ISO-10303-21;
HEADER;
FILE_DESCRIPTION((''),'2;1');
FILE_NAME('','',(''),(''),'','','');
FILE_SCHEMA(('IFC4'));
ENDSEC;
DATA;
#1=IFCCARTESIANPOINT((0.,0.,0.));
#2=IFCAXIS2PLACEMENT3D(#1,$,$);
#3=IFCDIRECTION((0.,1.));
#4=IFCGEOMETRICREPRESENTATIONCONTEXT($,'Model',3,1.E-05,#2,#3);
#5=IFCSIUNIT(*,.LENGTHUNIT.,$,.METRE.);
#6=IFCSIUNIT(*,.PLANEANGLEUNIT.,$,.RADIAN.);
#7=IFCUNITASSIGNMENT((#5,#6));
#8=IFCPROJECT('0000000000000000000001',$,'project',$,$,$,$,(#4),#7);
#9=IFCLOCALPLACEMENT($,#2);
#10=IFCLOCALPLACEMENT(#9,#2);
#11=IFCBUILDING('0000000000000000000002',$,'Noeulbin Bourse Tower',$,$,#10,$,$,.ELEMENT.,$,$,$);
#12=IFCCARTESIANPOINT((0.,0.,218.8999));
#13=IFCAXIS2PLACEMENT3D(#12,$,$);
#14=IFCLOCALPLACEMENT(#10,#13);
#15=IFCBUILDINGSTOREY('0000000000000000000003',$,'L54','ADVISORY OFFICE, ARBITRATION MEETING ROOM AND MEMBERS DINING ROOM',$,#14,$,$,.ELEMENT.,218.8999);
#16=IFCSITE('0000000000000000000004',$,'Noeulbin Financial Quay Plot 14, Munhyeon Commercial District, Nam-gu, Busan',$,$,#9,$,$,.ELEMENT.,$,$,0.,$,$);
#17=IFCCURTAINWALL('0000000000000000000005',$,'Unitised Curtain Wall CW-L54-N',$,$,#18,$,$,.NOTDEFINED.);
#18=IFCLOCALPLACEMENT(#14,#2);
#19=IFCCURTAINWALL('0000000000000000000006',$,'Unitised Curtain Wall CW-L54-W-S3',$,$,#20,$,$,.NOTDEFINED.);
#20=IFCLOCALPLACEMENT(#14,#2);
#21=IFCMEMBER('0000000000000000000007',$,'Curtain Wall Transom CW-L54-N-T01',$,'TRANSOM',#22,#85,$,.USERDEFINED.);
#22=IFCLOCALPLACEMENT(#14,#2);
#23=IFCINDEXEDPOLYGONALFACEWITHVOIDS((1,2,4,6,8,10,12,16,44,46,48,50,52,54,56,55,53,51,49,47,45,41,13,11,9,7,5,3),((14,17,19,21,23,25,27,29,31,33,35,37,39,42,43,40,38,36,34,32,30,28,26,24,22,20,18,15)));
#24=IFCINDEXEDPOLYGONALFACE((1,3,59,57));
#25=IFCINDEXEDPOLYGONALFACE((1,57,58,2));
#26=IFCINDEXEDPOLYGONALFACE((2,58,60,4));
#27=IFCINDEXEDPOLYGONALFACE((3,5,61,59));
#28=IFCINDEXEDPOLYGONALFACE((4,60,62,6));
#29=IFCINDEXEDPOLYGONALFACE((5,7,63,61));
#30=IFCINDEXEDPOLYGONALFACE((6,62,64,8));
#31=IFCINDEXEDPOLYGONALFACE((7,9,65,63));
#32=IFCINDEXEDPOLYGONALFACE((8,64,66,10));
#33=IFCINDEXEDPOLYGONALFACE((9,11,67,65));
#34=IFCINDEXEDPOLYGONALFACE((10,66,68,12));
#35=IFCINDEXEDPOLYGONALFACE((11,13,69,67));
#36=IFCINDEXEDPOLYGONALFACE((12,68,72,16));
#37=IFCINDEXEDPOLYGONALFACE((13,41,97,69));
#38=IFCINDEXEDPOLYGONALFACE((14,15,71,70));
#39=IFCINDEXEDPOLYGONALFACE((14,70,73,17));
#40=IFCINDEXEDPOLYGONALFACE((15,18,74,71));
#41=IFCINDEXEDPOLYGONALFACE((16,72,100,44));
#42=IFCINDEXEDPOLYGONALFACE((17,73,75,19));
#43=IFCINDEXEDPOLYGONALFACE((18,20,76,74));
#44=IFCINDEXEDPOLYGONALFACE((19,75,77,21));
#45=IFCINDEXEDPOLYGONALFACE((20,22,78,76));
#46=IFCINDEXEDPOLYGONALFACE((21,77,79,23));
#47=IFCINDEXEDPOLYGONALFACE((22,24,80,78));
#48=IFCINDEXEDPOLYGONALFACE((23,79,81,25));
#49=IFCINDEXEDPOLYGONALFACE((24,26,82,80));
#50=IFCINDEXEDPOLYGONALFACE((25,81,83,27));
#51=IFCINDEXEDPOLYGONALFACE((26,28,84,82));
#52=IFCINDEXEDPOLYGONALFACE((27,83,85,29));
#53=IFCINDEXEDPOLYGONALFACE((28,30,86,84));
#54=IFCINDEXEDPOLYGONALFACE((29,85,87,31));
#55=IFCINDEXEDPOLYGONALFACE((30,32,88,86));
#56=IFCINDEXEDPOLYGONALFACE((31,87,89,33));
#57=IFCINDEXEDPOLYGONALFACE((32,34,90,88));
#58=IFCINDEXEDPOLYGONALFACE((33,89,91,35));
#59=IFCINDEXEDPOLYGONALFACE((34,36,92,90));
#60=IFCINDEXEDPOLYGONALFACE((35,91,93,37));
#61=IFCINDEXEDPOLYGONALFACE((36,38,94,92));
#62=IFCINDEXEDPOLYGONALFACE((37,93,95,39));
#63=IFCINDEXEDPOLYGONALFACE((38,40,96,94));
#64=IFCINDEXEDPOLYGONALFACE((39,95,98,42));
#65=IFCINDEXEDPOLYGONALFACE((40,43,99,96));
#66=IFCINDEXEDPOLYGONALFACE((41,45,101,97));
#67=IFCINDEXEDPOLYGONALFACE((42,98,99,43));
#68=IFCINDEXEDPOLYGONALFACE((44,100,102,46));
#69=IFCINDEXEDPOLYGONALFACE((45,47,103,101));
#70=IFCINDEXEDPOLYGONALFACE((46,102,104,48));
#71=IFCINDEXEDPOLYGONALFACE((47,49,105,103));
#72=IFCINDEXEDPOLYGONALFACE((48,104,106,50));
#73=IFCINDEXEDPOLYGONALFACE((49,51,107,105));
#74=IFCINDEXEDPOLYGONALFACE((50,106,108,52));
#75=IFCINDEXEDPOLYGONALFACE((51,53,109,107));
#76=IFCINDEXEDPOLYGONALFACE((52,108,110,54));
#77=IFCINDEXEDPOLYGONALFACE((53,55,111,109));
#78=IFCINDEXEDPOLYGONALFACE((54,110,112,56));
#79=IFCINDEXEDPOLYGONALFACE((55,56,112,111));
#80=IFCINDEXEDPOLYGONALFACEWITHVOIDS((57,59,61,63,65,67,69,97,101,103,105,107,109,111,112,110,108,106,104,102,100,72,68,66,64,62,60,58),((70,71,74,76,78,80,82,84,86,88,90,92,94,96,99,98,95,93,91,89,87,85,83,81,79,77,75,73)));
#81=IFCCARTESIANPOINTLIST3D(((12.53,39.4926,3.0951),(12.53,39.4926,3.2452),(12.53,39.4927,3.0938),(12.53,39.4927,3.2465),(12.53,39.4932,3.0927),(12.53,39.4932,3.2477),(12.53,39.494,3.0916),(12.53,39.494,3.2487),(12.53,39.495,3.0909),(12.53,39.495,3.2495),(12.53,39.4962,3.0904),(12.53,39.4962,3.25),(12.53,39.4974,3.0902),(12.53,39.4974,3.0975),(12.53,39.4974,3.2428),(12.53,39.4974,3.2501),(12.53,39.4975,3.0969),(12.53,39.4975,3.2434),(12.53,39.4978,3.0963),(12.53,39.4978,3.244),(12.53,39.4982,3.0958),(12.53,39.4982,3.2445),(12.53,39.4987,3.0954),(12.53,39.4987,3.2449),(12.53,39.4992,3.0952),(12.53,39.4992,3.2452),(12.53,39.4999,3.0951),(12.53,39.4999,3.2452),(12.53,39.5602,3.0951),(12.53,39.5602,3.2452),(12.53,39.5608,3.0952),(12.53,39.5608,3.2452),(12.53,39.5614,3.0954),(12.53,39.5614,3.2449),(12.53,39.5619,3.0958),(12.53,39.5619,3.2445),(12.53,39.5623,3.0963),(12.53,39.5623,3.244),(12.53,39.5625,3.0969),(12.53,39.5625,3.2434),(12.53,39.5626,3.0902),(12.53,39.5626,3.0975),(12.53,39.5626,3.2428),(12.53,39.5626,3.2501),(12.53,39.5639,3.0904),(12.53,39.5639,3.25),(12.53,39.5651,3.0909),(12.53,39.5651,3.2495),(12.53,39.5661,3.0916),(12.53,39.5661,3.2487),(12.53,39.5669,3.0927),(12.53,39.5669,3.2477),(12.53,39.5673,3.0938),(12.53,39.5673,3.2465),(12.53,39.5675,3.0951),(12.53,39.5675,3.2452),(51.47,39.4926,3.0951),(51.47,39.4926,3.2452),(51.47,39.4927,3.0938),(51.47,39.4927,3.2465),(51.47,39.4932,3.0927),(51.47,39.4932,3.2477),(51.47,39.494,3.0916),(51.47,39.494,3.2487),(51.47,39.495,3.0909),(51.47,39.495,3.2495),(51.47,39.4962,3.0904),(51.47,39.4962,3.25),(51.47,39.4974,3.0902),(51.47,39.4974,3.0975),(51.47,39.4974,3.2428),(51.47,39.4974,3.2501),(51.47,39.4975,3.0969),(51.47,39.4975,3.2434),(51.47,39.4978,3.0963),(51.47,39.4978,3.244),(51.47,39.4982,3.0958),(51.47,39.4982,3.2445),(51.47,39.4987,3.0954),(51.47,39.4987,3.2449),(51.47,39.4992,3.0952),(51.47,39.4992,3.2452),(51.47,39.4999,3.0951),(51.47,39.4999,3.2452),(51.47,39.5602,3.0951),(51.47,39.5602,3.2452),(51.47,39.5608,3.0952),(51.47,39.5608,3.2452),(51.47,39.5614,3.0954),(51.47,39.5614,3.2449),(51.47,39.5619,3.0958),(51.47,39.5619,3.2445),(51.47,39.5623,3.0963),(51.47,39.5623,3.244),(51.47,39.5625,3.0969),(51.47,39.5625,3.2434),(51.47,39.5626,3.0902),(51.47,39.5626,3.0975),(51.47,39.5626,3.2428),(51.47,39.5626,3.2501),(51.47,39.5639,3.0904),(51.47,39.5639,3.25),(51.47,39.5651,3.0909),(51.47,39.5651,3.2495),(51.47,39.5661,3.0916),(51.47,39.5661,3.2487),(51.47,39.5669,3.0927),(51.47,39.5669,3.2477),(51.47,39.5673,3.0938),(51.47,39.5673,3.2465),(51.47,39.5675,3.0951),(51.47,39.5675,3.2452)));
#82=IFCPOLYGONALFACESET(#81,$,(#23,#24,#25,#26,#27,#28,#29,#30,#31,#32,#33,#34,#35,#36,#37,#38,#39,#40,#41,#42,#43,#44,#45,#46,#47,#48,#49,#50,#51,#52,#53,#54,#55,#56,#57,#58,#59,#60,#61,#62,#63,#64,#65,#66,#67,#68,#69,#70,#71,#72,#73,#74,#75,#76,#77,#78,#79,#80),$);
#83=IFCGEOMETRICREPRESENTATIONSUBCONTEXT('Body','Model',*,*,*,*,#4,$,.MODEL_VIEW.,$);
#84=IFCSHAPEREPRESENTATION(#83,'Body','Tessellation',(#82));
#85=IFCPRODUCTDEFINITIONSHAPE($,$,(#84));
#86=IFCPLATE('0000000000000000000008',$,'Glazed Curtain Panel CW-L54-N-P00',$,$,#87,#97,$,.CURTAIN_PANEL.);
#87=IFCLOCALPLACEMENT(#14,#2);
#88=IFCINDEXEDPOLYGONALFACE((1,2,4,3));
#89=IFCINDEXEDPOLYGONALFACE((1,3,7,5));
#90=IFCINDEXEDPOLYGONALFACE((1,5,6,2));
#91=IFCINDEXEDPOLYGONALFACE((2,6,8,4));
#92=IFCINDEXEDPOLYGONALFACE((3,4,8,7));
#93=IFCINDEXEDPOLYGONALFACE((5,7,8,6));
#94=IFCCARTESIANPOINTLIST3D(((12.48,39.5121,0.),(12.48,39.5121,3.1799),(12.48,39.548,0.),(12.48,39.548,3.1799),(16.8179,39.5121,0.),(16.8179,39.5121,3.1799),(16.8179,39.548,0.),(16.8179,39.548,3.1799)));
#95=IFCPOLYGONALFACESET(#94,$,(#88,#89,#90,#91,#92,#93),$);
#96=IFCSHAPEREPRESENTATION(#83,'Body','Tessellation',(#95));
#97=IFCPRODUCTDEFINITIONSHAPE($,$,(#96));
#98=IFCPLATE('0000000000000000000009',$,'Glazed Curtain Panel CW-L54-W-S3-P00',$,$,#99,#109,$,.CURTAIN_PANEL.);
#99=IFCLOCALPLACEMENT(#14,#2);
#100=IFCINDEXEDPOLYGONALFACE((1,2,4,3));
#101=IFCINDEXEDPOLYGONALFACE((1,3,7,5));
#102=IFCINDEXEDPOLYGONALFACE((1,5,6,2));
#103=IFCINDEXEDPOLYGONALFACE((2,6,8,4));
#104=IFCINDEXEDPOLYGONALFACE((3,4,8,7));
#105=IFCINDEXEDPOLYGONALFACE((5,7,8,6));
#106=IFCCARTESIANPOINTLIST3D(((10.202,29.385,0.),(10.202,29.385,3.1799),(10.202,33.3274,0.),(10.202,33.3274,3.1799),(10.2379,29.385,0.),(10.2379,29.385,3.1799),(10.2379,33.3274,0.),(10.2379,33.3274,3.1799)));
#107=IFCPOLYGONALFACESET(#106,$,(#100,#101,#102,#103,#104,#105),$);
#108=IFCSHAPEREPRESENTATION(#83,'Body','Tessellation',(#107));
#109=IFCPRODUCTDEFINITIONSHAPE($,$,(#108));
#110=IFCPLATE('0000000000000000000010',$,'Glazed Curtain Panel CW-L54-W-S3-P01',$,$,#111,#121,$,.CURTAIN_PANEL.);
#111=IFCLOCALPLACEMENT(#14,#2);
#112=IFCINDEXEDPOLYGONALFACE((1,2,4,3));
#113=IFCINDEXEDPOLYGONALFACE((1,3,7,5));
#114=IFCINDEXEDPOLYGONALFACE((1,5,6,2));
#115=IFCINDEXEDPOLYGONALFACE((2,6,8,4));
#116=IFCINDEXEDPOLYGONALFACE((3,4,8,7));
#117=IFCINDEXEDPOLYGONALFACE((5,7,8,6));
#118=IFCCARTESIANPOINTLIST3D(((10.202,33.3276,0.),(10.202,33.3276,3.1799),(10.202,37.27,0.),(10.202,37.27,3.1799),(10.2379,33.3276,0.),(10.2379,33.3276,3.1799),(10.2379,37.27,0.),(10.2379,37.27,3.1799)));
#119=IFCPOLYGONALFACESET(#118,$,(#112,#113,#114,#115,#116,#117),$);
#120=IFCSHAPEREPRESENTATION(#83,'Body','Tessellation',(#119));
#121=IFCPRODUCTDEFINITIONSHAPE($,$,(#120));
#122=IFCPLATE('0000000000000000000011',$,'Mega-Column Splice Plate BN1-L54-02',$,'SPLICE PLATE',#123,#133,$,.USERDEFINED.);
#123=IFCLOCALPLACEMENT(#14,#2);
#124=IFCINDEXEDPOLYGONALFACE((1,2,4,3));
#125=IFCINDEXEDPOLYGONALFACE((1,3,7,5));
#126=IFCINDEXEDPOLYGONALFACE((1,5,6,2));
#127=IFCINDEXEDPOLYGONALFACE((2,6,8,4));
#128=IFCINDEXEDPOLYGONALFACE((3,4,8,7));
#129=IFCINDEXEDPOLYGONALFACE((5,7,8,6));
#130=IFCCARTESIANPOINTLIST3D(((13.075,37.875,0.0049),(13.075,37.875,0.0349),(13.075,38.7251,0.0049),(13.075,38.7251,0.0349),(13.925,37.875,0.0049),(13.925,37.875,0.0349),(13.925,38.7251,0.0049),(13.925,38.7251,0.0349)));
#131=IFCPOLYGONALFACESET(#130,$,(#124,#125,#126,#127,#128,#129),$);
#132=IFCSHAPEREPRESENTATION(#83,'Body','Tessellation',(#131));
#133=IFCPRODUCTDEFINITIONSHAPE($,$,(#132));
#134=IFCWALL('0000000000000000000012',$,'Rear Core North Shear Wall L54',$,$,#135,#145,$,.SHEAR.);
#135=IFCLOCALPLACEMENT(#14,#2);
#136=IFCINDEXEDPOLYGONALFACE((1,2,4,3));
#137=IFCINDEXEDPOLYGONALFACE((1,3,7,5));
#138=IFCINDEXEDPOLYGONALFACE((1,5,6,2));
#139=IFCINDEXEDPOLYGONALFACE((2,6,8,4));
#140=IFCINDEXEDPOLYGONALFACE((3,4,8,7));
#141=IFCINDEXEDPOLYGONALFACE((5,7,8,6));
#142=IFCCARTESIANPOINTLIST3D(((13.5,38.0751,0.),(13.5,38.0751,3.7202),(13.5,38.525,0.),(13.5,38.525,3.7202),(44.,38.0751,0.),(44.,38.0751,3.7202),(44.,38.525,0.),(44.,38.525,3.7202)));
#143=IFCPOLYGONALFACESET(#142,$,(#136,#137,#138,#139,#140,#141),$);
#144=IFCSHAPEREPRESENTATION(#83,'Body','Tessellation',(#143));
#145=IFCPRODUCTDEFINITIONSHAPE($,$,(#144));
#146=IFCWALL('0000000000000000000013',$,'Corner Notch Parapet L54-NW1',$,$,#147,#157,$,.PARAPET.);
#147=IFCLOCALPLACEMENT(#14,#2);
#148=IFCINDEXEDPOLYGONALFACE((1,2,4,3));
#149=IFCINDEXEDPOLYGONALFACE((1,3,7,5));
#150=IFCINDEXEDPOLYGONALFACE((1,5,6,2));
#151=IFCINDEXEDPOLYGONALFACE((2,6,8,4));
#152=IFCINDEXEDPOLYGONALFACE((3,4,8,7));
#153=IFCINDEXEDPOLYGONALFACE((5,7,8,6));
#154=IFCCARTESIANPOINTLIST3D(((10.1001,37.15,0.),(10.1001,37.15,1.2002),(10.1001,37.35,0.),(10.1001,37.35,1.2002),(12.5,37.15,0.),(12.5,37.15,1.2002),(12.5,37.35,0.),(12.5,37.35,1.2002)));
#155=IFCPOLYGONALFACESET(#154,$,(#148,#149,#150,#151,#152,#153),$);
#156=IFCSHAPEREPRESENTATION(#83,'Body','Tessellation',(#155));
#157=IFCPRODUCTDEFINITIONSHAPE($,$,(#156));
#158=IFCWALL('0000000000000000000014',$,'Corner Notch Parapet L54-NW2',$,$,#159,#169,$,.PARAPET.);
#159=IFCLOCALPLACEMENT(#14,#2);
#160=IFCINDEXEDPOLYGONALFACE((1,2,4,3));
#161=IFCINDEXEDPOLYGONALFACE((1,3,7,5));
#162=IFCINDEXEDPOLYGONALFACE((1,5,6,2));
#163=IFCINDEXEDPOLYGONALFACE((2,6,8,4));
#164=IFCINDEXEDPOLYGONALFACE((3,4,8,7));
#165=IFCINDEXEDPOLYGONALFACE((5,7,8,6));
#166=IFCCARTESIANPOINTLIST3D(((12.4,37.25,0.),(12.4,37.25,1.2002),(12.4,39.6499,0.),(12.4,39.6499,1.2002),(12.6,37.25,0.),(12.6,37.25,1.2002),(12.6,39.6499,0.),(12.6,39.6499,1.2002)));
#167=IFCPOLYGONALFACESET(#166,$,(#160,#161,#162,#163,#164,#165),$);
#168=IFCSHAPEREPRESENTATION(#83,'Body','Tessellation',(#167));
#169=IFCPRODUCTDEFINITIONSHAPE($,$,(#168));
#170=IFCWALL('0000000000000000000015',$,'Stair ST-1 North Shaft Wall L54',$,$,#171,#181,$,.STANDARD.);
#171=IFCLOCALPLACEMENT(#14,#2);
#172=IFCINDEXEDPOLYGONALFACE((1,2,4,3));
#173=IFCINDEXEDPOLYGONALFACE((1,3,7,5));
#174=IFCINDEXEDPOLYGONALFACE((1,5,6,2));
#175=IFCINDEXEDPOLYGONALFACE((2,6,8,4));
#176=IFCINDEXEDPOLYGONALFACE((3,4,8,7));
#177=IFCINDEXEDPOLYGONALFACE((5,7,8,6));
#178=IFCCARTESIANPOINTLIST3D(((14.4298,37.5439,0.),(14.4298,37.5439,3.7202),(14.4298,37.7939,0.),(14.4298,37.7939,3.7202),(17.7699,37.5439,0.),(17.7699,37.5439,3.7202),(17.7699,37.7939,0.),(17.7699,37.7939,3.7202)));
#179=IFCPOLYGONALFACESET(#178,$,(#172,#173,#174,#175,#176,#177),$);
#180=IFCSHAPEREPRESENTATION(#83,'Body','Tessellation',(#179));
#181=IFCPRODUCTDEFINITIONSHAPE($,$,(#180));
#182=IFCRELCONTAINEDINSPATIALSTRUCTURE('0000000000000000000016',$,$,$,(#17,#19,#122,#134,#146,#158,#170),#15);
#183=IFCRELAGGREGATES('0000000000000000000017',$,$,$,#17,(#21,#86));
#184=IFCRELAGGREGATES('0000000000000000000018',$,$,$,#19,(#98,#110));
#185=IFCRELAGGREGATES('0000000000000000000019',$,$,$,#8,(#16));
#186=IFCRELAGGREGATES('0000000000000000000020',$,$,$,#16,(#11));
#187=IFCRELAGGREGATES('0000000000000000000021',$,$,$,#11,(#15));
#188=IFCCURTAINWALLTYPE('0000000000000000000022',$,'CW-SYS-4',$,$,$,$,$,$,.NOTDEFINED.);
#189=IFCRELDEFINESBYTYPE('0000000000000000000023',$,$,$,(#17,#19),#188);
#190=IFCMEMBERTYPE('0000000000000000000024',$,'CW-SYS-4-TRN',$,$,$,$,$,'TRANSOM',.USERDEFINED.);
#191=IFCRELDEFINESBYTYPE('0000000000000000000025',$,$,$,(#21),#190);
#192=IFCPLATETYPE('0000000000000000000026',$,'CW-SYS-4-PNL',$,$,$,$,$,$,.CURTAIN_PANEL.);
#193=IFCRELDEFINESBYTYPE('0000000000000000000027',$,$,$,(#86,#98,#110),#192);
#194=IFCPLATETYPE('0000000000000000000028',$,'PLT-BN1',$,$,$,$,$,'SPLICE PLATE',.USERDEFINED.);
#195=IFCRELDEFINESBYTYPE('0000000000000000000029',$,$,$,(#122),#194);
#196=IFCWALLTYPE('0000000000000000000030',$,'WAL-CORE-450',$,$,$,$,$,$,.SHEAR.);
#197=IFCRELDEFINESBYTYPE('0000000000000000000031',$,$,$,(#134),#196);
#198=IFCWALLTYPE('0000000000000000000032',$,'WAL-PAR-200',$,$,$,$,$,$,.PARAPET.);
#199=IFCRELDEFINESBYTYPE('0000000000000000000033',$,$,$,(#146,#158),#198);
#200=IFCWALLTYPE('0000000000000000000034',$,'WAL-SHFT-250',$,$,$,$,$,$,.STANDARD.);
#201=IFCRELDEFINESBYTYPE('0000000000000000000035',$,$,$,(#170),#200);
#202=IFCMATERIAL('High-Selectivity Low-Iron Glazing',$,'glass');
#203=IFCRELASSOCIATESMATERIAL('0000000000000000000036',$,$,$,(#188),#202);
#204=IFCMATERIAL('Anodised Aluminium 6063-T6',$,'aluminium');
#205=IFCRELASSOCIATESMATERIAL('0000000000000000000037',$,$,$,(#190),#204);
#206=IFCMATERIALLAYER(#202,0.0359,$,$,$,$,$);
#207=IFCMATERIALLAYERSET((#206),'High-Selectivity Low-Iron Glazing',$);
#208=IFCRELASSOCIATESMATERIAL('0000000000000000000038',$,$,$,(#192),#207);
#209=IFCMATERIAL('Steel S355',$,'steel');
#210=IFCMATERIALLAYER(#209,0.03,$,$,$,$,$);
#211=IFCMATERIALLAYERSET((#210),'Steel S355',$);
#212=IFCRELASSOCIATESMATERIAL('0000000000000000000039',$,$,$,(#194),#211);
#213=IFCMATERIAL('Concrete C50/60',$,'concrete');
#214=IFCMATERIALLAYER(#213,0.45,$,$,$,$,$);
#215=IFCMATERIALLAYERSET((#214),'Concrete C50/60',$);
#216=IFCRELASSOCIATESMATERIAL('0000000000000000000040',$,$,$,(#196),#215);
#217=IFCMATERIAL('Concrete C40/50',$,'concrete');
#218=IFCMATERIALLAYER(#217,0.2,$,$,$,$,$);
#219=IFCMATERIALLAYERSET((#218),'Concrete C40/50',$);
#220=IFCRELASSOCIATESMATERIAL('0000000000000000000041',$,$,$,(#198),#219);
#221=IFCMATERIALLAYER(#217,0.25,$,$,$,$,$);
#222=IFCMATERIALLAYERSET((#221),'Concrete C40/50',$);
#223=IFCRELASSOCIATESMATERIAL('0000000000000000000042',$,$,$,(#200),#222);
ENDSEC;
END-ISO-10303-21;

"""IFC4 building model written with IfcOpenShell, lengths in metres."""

from ifc_helpers import new_model, si_unit, direction, frame, frame_2d, origin, origin_2d, place, context, subcontext, project, spatial, rectangle, hollow_rectangle, extrude, material, layer, layer_set, material_profile, profile_set, type_object, element, aggregate, save


model = new_model("IFC4")

# Units and contexts
model_context = context("Model", 3, precision=1e-05, world=origin(), true_north=direction((0.0, 1.0)))
body_context = subcontext(model_context, "Body", "Model", "MODEL_VIEW")
ifc_project = project(units=[si_unit("LENGTHUNIT", "METRE"), si_unit("PLANEANGLEUNIT", "RADIAN")], contexts=[model_context])

# Site, building, storey
site_placement = place(None, origin())
site = spatial("IfcSite", under=ifc_project, at=site_placement, Name="Noeulbin Financial Quay Plot 14, Munhyeon Commercial District, Nam-gu, Busan", CompositionType="ELEMENT", RefElevation=0.0)
building_placement = place(site_placement, origin())
building = spatial("IfcBuilding", under=site, at=building_placement, Name="Noeulbin Bourse Tower", CompositionType="ELEMENT")
storey_placement = place(building_placement, frame((0.0, 0.0, 218.8999)))
storey = spatial("IfcBuildingStorey", under=building, at=storey_placement, Name="L54", Description="ADVISORY OFFICE, ARBITRATION MEETING ROOM AND MEMBERS DINING ROOM", CompositionType="ELEMENT", Elevation=218.8999)

# Shared definitions
ifc_material_1 = material(Name="Steel S355", Category="steel")

# Curtain wall
ifc_material_2 = material(Name="High-Selectivity Low-Iron Glazing", Category="glass")
curtain_wall_type = type_object("IfcCurtainWallType", Name="CW-SYS-4", PredefinedType="NOTDEFINED", material=ifc_material_2)
curtain_wall_1_placement = place(storey_placement, origin())
curtain_wall_1 = element("IfcCurtainWall", 1, at=curtain_wall_1_placement, inside=storey, type_object=curtain_wall_type, Name="Unitised Curtain Wall CW-L54-N", PredefinedType="NOTDEFINED")
ifc_material_3 = material(Name="Anodised Aluminium 6063-T6", Category="aluminium")

# Curtain wall
curtain_wall_2_placement = place(storey_placement, origin())
curtain_wall_2 = element("IfcCurtainWall", 2, at=curtain_wall_2_placement, inside=storey, type_object=curtain_wall_type, Name="Unitised Curtain Wall CW-L54-W-S3", PredefinedType="NOTDEFINED")

# Member
ifc_material_profile_1 = material_profile(ifc_material_3, hollow_rectangle(XDim=0.075, YDim=0.1599, WallThickness=0.0049, InnerFilletRadius=0.0024, OuterFilletRadius=0.0049, at=origin_2d()), Name="ALU-TRAN-75x160x5", Category="LoadBearing")
ifc_profile_set_1 = profile_set([ifc_material_profile_1], Name="Anodised Aluminium 6063-T6")
member_type_1 = type_object("IfcMemberType", Name="CW-SYS-4-TRN", ElementType="TRANSOM", PredefinedType="USERDEFINED", material=ifc_profile_set_1)
member_1_placement = place(storey_placement, frame((12.53, 39.53, 3.1702), z_axis=(1.0, 0.0, 0.0), x_axis=(0.0, 1.0, 0.0)))
member_1 = element("IfcMember", 3, at=member_1_placement, type_object=member_type_1, Name="Curtain Wall Transom CW-L54-N-T01", ObjectType="TRANSOM", PredefinedType="USERDEFINED", context=body_context, shape_type="SweptSolid", body=[
    extrude(hollow_rectangle(XDim=0.075, YDim=0.1599, WallThickness=0.0049, InnerFilletRadius=0.0024, OuterFilletRadius=0.0049, at=origin_2d()), origin(), (0.0, 0.0, 1.0), 38.9399),
])

# Plates
ifc_layer_1 = layer(ifc_material_2, 0.0359)
ifc_layer_set_1 = layer_set([ifc_layer_1], Name="High-Selectivity Low-Iron Glazing")
plate_type_1 = type_object("IfcPlateType", Name="CW-SYS-4-PNL", PredefinedType="CURTAIN_PANEL", material=ifc_layer_set_1)
plate_1_placement = place(storey_placement, frame((14.6489, 39.53, 0.0), z_axis=(0.0, 0.0, 1.0), x_axis=(1.0, 0.0, 0.0)))
plate_1 = element("IfcPlate", 4, at=plate_1_placement, type_object=plate_type_1, Name="Glazed Curtain Panel CW-L54-N-P00", PredefinedType="CURTAIN_PANEL", context=body_context, shape_type="SweptSolid", body=[
    extrude(rectangle(XDim=4.3379, YDim=0.0359, at=origin_2d()), origin(), (0.0, 0.0, 1.0), 3.1799),
])
aggregate(curtain_wall_1, [member_1, plate_1])
plate_2_placement = place(storey_placement, frame((10.22, 31.3562, 0.0), z_axis=(0.0, 0.0, 1.0), x_axis=(0.0, 1.0, 0.0)))
plate_2 = element("IfcPlate", 5, at=plate_2_placement, type_object=plate_type_1, Name="Glazed Curtain Panel CW-L54-W-S3-P00", PredefinedType="CURTAIN_PANEL", context=body_context, shape_type="SweptSolid", body=[
    extrude(rectangle(XDim=3.9424, YDim=0.0359, at=origin_2d()), origin(), (0.0, 0.0, 1.0), 3.1799),
])
plate_3_placement = place(storey_placement, frame((10.22, 35.2988, 0.0), z_axis=(0.0, 0.0, 1.0), x_axis=(0.0, 1.0, 0.0)))
plate_3 = element("IfcPlate", 6, at=plate_3_placement, type_object=plate_type_1, Name="Glazed Curtain Panel CW-L54-W-S3-P01", PredefinedType="CURTAIN_PANEL", context=body_context, shape_type="SweptSolid", body=[
    extrude(rectangle(XDim=3.9424, YDim=0.0359, at=origin_2d()), origin(), (0.0, 0.0, 1.0), 3.1799),
])
aggregate(curtain_wall_2, [plate_2, plate_3])
ifc_layer_2 = layer(ifc_material_1, 0.03)
ifc_layer_set_2 = layer_set([ifc_layer_2], Name="Steel S355")
plate_type_2 = type_object("IfcPlateType", Name="PLT-BN1", ElementType="SPLICE PLATE", PredefinedType="USERDEFINED", material=ifc_layer_set_2)
plate_4_placement = place(storey_placement, frame((13.5, 38.3, 0.0049), z_axis=(0.0, 0.0, 1.0), x_axis=(1.0, 0.0, 0.0)))
element("IfcPlate", 7, at=plate_4_placement, inside=storey, type_object=plate_type_2, Name="Mega-Column Splice Plate BN1-L54-02", ObjectType="SPLICE PLATE", PredefinedType="USERDEFINED", context=body_context, shape_type="SweptSolid", body=[
    extrude(rectangle(XDim=0.8501, YDim=0.8501, at=origin_2d()), origin(), (0.0, 0.0, 1.0), 0.03),
])

# Walls
ifc_material_4 = material(Name="Concrete C50/60", Category="concrete")
ifc_layer_3 = layer(ifc_material_4, 0.45)
ifc_layer_set_3 = layer_set([ifc_layer_3], Name="Concrete C50/60")
wall_type_1 = type_object("IfcWallType", Name="WAL-CORE-450", PredefinedType="SHEAR", material=ifc_layer_set_3)
wall_1_placement = place(storey_placement, frame((13.5, 38.3, 0.0), z_axis=(0.0, 0.0, 1.0), x_axis=(1.0, 0.0, 0.0)))
element("IfcWall", 8, at=wall_1_placement, inside=storey, type_object=wall_type_1, Name="Rear Core North Shear Wall L54", PredefinedType="SHEAR", context=body_context, shape_type="SweptSolid", body=[
    extrude(rectangle(XDim=30.5, YDim=0.45, at=frame_2d((15.25, 0.0))), origin(), (0.0, 0.0, 1.0), 3.7202),
])
ifc_material_5 = material(Name="Concrete C40/50", Category="concrete")
ifc_layer_4 = layer(ifc_material_5, 0.2)
ifc_layer_set_4 = layer_set([ifc_layer_4], Name="Concrete C40/50")
wall_type_2 = type_object("IfcWallType", Name="WAL-PAR-200", PredefinedType="PARAPET", material=ifc_layer_set_4)
for number, where, z_axis, x_axis, name in (
    (9, (10.1001, 37.25, 0.0), (0.0, 0.0, 1.0), (1.0, 0.0, 0.0), "Corner Notch Parapet L54-NW1"),
    (10, (12.5, 37.25, 0.0), (0.0, 0.0, 1.0), (0.0, 1.0, 0.0), "Corner Notch Parapet L54-NW2"),
):
    element("IfcWall", number, at=place(storey_placement, frame(where, z_axis=z_axis, x_axis=x_axis)), inside=storey, type_object=wall_type_2, Name=name, PredefinedType="PARAPET", context=body_context, shape_type="SweptSolid", body=[
        extrude(rectangle(XDim=2.3999, YDim=0.2, at=frame_2d((1.2, 0.0))), origin(), (0.0, 0.0, 1.0), 1.2002),
    ])
ifc_layer_5 = layer(ifc_material_5, 0.25)
ifc_layer_set_5 = layer_set([ifc_layer_5], Name="Concrete C40/50")
wall_type_3 = type_object("IfcWallType", Name="WAL-SHFT-250", PredefinedType="STANDARD", material=ifc_layer_set_5)
wall_2_placement = place(storey_placement, frame((14.4299, 37.6689, 0.0), z_axis=(0.0, 0.0, 1.0), x_axis=(1.0, 0.0, 0.0)))
element("IfcWall", 11, at=wall_2_placement, inside=storey, type_object=wall_type_3, Name="Stair ST-1 North Shaft Wall L54", PredefinedType="STANDARD", context=body_context, shape_type="SweptSolid", body=[
    extrude(rectangle(XDim=3.3401, YDim=0.25, at=frame_2d((1.6699, 0.0))), origin(), (0.0, 0.0, 1.0), 3.7202),
])

save(model, "model.ifc")
